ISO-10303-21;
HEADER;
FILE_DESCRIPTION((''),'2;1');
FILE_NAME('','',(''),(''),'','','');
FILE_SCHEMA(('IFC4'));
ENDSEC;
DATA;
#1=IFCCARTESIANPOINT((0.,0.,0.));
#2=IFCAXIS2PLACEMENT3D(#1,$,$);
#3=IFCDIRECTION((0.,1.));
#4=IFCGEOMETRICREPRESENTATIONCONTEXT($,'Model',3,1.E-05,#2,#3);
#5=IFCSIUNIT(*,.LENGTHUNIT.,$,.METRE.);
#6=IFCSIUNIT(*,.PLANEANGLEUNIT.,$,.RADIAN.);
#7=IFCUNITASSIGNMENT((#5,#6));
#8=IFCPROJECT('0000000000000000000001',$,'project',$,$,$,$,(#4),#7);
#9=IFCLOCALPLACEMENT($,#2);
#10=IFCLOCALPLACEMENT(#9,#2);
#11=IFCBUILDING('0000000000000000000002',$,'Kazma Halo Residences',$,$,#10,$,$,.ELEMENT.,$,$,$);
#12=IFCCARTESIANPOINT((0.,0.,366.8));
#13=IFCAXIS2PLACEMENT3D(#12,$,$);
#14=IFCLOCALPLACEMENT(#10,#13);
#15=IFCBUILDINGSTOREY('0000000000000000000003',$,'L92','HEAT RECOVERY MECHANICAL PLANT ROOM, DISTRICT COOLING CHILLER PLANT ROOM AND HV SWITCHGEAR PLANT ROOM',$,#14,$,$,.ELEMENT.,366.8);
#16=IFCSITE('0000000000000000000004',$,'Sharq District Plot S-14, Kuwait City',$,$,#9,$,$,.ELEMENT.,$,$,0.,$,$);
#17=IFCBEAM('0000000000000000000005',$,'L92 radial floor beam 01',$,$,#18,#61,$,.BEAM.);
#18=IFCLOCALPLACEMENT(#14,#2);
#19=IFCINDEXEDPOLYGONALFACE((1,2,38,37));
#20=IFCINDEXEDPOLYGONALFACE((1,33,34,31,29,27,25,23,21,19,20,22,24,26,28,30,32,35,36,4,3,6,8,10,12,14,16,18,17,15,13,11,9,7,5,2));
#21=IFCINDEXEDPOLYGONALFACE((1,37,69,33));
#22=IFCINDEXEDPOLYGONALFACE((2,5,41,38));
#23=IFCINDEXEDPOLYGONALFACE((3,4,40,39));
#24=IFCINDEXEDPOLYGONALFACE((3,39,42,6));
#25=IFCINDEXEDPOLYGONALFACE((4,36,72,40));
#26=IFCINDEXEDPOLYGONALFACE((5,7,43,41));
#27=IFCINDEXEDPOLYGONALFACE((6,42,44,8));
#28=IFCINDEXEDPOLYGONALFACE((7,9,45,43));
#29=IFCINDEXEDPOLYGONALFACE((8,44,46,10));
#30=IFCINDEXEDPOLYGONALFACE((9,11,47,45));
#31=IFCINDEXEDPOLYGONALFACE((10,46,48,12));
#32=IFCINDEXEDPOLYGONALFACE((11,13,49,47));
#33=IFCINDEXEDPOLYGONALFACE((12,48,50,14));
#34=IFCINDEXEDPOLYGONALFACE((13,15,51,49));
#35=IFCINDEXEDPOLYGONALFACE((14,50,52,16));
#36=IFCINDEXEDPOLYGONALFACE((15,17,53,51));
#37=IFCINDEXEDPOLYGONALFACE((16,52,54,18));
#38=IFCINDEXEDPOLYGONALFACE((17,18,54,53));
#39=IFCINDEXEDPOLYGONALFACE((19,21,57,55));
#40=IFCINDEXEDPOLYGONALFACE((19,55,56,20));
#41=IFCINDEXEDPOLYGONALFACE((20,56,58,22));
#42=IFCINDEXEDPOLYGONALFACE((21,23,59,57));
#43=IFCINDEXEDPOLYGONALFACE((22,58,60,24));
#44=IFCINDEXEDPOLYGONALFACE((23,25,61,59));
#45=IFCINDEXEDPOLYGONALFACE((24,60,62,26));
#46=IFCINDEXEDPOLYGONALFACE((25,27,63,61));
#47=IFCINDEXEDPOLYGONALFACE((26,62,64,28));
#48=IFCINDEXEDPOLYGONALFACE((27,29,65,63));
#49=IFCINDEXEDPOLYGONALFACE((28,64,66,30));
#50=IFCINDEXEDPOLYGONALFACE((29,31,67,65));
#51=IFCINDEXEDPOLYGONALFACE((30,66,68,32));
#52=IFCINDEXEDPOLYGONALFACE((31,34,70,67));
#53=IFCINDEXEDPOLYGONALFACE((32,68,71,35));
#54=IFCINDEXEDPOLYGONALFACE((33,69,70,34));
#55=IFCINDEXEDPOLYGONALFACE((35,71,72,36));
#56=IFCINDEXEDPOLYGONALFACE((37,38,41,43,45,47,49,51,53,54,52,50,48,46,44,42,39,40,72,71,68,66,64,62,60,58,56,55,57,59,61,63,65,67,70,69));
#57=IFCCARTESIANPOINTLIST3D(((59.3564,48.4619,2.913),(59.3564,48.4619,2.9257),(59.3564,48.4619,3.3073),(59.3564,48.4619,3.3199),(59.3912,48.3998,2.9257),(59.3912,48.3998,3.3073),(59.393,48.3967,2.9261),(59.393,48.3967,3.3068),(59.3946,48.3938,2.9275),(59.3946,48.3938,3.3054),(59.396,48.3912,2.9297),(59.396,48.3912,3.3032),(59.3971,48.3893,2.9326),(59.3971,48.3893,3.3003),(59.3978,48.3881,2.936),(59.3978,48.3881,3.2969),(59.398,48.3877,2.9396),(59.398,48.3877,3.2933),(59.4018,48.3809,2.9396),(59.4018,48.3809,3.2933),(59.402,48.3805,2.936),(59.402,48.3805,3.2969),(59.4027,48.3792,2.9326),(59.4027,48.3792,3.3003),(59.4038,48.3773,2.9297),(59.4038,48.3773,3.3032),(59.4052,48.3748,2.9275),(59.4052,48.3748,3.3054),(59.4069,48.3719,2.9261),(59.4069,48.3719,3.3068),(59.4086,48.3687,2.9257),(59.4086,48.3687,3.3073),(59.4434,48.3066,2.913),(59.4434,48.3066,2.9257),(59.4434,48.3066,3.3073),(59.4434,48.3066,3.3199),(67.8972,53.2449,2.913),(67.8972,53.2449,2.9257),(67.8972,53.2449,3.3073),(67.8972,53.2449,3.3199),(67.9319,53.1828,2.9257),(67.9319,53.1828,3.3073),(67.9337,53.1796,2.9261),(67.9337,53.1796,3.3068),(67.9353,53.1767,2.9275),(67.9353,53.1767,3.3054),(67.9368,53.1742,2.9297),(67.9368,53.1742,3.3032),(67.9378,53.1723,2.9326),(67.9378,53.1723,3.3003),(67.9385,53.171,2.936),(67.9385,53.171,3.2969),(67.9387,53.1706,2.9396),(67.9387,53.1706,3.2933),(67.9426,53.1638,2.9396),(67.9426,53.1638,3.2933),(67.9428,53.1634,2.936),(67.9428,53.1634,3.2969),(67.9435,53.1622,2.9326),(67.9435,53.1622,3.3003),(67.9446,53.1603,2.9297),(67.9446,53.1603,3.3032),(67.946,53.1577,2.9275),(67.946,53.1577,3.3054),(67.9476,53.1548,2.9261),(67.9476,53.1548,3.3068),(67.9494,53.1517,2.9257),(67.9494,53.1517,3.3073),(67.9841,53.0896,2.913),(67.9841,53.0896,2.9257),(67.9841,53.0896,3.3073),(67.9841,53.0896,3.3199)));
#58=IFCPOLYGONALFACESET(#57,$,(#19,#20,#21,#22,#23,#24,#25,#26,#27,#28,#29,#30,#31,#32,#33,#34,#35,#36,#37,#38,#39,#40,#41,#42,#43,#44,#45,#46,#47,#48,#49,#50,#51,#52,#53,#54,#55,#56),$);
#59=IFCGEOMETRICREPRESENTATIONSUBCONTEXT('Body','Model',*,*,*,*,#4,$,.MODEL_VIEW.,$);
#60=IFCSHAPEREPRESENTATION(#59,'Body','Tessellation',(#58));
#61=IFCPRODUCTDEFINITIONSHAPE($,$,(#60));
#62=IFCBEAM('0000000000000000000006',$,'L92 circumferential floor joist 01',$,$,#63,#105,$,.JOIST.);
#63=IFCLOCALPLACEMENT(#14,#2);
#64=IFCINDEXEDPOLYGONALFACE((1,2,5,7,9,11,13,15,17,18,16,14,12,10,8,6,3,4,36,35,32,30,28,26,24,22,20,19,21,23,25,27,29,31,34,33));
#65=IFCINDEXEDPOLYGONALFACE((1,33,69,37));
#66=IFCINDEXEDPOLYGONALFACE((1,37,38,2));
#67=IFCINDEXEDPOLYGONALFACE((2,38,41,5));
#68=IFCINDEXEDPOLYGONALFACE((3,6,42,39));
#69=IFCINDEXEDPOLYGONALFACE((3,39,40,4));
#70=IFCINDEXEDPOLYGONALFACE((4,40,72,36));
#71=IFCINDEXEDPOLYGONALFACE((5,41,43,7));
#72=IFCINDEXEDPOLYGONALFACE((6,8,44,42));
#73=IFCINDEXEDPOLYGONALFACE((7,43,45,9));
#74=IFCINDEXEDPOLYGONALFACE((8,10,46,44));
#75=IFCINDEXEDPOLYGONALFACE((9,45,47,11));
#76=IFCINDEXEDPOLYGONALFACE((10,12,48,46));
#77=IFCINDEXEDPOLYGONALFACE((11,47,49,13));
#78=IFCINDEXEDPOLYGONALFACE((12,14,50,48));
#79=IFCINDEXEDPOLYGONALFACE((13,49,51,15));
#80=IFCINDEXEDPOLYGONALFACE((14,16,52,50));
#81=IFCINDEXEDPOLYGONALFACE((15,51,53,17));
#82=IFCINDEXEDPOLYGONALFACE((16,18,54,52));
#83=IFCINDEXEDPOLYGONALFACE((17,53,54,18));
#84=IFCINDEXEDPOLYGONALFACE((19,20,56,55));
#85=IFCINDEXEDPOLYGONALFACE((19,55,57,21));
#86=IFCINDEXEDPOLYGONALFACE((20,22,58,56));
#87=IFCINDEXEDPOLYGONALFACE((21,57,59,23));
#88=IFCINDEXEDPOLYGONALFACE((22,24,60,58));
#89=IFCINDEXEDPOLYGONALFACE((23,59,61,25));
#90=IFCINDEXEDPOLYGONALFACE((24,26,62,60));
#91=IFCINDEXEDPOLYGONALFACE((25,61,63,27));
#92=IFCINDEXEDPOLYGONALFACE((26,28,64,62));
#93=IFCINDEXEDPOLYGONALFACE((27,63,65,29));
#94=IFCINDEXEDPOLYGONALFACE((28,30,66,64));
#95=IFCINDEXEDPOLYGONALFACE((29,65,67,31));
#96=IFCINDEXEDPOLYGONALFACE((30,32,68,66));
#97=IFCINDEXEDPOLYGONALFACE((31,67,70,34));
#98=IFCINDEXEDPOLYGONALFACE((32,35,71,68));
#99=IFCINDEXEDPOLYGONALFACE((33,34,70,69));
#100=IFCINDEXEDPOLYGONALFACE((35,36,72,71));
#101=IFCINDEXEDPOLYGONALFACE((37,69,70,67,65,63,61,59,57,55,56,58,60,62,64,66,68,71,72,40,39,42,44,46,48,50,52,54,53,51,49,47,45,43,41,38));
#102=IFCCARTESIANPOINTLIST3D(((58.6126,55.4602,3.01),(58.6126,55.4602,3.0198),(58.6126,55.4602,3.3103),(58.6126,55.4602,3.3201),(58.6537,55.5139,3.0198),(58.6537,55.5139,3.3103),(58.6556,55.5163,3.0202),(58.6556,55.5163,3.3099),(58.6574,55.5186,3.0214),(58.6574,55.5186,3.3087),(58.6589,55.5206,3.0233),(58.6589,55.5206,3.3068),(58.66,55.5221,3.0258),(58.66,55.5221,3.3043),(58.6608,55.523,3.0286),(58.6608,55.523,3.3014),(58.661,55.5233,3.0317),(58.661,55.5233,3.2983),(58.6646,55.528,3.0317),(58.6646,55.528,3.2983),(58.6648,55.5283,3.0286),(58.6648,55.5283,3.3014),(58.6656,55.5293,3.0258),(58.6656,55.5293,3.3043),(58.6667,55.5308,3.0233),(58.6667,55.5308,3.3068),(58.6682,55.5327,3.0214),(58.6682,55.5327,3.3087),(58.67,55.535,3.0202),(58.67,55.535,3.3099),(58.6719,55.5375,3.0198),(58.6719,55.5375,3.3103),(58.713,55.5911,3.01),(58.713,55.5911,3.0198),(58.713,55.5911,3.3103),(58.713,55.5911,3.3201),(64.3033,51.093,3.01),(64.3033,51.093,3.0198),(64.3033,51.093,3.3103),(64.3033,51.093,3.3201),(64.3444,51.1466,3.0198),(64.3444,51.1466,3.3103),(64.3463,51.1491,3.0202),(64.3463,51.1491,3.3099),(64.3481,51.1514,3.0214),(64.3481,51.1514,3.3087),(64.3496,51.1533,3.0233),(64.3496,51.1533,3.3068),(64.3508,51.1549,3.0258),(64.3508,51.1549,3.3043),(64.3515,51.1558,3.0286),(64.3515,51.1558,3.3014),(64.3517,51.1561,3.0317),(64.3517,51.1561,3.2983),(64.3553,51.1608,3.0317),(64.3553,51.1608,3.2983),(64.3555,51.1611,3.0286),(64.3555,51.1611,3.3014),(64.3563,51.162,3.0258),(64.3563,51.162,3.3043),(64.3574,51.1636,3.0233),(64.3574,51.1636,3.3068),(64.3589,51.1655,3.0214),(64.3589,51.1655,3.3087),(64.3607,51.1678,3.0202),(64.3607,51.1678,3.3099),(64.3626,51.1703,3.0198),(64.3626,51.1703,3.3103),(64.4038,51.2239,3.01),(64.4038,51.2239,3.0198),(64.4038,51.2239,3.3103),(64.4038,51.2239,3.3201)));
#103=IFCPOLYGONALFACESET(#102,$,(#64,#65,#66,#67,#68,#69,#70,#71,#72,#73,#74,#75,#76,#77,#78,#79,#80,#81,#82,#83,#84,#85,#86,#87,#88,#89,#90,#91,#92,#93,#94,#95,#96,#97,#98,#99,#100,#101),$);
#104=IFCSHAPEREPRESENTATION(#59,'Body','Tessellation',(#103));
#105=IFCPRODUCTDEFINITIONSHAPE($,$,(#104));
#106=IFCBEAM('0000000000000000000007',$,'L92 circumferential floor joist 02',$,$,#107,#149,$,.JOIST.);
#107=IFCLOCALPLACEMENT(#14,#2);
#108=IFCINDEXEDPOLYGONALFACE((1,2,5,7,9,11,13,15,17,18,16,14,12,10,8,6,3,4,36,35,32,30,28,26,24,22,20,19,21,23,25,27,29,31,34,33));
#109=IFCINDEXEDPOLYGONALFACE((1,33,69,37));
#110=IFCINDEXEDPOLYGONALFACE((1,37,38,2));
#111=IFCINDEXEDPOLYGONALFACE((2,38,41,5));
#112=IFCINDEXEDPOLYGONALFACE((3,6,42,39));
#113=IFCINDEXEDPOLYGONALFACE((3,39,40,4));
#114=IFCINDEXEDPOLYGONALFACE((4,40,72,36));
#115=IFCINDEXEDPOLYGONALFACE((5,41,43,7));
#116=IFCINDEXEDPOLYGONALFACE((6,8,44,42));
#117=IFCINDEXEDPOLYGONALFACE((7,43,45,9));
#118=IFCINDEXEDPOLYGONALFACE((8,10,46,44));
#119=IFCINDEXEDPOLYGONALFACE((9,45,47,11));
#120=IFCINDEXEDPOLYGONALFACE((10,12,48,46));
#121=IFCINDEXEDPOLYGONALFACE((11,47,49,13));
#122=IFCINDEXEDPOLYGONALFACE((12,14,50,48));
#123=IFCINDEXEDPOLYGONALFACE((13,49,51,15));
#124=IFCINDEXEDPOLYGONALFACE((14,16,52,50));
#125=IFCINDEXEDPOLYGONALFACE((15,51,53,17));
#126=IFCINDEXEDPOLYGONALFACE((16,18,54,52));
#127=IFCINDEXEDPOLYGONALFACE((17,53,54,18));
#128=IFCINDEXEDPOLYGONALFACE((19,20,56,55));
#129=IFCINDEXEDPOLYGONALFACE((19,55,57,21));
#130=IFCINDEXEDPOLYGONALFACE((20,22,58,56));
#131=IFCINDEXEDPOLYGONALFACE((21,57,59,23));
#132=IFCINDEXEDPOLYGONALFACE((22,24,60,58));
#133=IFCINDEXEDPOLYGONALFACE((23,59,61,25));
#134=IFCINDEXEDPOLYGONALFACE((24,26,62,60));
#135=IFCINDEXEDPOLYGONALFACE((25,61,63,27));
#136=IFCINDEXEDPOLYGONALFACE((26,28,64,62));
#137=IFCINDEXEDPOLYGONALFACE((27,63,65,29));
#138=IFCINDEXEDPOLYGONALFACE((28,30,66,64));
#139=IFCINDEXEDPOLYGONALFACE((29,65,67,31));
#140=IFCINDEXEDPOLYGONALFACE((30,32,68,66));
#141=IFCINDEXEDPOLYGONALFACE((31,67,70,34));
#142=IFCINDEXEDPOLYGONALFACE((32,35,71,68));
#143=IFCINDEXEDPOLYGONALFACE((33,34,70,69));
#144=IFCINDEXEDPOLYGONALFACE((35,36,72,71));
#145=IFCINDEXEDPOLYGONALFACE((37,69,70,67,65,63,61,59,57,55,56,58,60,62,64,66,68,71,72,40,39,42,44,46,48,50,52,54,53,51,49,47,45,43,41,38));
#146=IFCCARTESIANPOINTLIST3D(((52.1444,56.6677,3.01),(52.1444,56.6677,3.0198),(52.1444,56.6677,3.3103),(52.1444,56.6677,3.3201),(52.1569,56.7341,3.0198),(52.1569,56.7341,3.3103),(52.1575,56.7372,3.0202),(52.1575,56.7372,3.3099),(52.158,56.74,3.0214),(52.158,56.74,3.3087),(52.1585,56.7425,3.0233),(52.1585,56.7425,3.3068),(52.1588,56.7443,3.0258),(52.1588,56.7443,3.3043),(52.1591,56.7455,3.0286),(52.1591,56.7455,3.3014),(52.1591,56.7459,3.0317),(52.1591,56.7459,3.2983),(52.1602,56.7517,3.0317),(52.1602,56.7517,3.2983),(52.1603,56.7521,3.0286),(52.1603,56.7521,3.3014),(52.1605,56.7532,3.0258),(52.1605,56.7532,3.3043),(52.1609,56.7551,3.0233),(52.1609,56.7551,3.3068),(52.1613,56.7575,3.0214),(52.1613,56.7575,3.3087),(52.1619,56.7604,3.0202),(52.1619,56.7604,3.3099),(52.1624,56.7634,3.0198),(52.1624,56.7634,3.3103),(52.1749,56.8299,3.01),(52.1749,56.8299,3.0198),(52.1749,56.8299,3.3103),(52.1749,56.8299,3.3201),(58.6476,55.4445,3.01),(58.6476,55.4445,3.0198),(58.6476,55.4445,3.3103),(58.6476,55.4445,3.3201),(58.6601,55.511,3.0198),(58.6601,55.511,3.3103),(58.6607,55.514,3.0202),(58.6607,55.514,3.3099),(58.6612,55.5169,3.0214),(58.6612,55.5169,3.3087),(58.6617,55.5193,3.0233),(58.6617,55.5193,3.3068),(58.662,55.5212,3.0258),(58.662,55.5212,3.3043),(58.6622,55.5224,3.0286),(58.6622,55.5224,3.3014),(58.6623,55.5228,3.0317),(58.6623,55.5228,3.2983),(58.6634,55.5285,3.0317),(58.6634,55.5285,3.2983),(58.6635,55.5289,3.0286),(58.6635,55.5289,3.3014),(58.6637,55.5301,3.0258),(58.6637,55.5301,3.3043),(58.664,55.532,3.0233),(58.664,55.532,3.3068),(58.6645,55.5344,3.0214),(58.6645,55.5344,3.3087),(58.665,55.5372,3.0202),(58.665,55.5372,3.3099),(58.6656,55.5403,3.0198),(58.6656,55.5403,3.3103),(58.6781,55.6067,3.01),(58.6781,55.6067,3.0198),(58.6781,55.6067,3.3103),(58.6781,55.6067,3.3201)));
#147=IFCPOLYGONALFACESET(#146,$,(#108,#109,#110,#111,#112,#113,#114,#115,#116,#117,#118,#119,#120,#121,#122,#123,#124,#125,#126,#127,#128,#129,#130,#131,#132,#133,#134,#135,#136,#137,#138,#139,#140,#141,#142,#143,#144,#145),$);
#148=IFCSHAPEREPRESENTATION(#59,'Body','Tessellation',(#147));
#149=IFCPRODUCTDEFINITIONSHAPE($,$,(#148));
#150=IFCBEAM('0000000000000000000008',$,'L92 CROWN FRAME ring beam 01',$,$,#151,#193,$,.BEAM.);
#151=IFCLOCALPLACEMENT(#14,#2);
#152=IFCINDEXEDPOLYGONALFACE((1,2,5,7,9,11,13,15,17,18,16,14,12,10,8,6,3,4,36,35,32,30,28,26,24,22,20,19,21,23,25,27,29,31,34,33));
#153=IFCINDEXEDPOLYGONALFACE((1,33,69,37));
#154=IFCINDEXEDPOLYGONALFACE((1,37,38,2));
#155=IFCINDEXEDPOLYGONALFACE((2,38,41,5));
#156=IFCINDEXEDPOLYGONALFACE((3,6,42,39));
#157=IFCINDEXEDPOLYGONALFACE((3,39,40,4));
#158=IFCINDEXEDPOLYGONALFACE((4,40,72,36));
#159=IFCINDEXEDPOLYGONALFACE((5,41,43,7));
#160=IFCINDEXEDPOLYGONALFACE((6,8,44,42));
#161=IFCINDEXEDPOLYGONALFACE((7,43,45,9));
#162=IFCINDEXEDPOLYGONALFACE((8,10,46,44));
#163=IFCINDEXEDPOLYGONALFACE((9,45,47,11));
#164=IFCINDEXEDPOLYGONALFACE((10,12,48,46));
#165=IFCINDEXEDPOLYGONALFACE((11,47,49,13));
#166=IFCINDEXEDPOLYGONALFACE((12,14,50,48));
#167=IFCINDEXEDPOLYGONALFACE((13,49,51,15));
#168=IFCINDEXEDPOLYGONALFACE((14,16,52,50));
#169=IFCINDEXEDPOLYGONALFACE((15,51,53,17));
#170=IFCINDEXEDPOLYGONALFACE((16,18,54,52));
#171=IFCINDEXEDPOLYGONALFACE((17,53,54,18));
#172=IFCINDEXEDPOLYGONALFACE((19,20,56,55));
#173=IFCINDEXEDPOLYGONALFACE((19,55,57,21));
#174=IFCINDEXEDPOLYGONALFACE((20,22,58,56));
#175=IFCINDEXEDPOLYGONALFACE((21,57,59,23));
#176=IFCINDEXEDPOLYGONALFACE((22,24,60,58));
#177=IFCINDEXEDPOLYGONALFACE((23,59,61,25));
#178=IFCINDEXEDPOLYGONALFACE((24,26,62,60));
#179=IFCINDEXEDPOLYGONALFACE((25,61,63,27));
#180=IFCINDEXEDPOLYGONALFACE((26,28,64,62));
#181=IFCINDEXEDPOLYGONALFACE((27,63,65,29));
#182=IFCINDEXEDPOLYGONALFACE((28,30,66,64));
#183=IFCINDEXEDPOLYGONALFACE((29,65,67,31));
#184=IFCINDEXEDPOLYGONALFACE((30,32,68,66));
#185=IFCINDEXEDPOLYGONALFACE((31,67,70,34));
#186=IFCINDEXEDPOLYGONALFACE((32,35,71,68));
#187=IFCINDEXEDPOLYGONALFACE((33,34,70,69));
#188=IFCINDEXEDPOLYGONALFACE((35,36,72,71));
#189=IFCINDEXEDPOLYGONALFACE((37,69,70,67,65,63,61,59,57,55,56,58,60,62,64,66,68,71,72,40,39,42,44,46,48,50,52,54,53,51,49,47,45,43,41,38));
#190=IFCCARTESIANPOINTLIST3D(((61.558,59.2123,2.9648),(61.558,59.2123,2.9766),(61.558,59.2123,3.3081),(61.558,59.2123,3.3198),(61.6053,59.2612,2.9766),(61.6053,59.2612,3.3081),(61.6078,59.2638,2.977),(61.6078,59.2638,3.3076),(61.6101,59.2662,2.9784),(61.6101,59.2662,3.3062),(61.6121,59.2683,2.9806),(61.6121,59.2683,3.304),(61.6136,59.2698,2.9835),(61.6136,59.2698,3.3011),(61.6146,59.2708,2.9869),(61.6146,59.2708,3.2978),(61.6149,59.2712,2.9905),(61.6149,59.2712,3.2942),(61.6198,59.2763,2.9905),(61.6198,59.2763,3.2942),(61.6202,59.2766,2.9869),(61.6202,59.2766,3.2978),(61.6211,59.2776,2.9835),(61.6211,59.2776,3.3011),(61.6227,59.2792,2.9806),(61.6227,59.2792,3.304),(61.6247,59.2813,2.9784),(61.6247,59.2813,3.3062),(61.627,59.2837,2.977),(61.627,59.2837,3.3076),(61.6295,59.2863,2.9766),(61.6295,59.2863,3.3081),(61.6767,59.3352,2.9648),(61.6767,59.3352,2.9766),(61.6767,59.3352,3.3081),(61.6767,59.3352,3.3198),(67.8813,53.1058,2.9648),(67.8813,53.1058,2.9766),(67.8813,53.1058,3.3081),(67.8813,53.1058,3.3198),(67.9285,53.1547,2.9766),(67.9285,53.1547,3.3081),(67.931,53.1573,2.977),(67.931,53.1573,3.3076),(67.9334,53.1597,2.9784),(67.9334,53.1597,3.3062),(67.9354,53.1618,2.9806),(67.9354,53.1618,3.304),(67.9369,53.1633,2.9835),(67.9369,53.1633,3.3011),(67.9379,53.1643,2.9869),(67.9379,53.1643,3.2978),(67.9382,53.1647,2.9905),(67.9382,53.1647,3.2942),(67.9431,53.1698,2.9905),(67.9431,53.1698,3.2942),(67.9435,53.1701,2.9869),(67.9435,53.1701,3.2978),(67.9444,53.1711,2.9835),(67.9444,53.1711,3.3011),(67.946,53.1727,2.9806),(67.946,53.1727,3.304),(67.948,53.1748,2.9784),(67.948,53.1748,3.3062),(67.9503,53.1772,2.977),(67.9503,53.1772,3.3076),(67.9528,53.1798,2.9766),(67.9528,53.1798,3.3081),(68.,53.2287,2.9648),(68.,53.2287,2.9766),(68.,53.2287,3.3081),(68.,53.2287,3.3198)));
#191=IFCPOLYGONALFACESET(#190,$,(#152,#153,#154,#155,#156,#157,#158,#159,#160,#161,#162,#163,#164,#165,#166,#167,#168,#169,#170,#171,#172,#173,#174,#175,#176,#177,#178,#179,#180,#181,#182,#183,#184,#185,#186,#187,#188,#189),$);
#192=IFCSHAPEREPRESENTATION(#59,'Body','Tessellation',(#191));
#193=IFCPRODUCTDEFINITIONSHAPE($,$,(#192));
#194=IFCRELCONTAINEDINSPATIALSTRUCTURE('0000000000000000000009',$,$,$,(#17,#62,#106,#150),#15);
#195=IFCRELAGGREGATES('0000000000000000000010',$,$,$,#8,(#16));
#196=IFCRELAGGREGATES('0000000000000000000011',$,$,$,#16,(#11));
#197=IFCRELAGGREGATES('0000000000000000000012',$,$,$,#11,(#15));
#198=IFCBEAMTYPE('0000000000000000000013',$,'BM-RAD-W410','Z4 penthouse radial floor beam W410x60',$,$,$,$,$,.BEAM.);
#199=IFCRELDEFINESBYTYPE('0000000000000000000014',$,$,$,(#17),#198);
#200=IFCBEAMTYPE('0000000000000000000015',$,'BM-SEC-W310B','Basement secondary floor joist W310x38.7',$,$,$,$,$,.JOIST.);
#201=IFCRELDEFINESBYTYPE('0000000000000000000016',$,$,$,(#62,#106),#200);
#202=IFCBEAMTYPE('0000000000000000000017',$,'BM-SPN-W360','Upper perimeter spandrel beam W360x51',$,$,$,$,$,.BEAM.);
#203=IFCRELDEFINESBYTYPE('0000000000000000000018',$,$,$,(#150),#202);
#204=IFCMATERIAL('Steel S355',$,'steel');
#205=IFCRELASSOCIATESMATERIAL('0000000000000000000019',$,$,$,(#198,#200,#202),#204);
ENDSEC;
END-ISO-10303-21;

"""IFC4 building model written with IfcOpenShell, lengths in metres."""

from ifc_helpers import new_model, si_unit, direction, frame, origin, origin_2d, place, context, subcontext, project, spatial, i_section, extrude, material, material_profile, profile_set, type_object, element, save


model = new_model("IFC4")

# Units and contexts
model_context = context("Model", 3, precision=1e-05, world=origin(), true_north=direction((0.0, 1.0)))
body_context = subcontext(model_context, "Body", "Model", "MODEL_VIEW")
ifc_project = project(units=[si_unit("LENGTHUNIT", "METRE"), si_unit("PLANEANGLEUNIT", "RADIAN")], contexts=[model_context])

# Site, building, storey
site_placement = place(None, origin())
site = spatial("IfcSite", under=ifc_project, at=site_placement, Name="Sharq District Plot S-14, Kuwait City", CompositionType="ELEMENT", RefElevation=0.0)
building_placement = place(site_placement, origin())
building = spatial("IfcBuilding", under=site, at=building_placement, Name="Kazma Halo Residences", CompositionType="ELEMENT")
storey_placement = place(building_placement, frame((0.0, 0.0, 366.8)))
storey = spatial("IfcBuildingStorey", under=building, at=storey_placement, Name="L92", Description="HEAT RECOVERY MECHANICAL PLANT ROOM, DISTRICT COOLING CHILLER PLANT ROOM AND HV SWITCHGEAR PLANT ROOM", CompositionType="ELEMENT", Elevation=366.8)

# Shared definitions
ifc_material_1 = material(Name="Steel S355", Category="steel")

# Beams
ifc_material_profile_1 = material_profile(ifc_material_1, i_section(OverallWidth=0.178, OverallDepth=0.407, WebThickness=0.0078, FlangeThickness=0.0127, FilletRadius=0.0139, at=origin_2d()), Name="W410x60")
ifc_profile_set_1 = profile_set([ifc_material_profile_1], Name="Steel S355")
beam_type_1 = type_object("IfcBeamType", Name="BM-RAD-W410", Description="Z4 penthouse radial floor beam W410x60", PredefinedType="BEAM", material=ifc_profile_set_1)
beam_1_placement = place(storey_placement, frame((59.3999, 48.3843, 3.1165), z_axis=(0.8725, 0.488613, 0.0), x_axis=(-0.488613, 0.8725, 0.0)))
element("IfcBeam", 1, at=beam_1_placement, inside=storey, type_object=beam_type_1, Name="L92 radial floor beam 01", PredefinedType="BEAM", context=body_context, shape_type="SweptSolid", body=[
    extrude(i_section(OverallWidth=0.178, OverallDepth=0.407, WebThickness=0.0078, FlangeThickness=0.0127, FilletRadius=0.0139, at=origin_2d()), origin(), (0.0, 0.0, 1.0), 9.7888),
])
ifc_material_profile_2 = material_profile(ifc_material_1, i_section(OverallWidth=0.165, OverallDepth=0.3101, WebThickness=0.0059, FlangeThickness=0.0098, FilletRadius=0.012, at=origin_2d()), Name="W310x38.7")
ifc_profile_set_2 = profile_set([ifc_material_profile_2], Name="Steel S355")
beam_type_2 = type_object("IfcBeamType", Name="BM-SEC-W310B", Description="Basement secondary floor joist W310x38.7", PredefinedType="JOIST", material=ifc_profile_set_2)
beam_2_placement = place(storey_placement, frame((64.3535, 51.1584, 3.165), z_axis=(-0.793314, 0.608812, 0.0), x_axis=(-0.608812, -0.793314, 0.0)))
element("IfcBeam", 2, at=beam_2_placement, inside=storey, type_object=beam_type_2, Name="L92 circumferential floor joist 01", PredefinedType="JOIST", context=body_context, shape_type="SweptSolid", body=[
    extrude(i_section(OverallWidth=0.165, OverallDepth=0.3101, WebThickness=0.0059, FlangeThickness=0.0098, FilletRadius=0.012, at=origin_2d()), origin(), (0.0, 0.0, 1.0), 7.1733),
])
beam_3_placement = place(storey_placement, frame((58.6628, 55.5256, 3.165), z_axis=(-0.982768, 0.184843, 0.0), x_axis=(-0.184843, -0.982768, 0.0)))
element("IfcBeam", 3, at=beam_3_placement, inside=storey, type_object=beam_type_2, Name="L92 circumferential floor joist 02", PredefinedType="JOIST", context=body_context, shape_type="SweptSolid", body=[
    extrude(i_section(OverallWidth=0.165, OverallDepth=0.3101, WebThickness=0.0059, FlangeThickness=0.0098, FilletRadius=0.012, at=origin_2d()), origin(), (0.0, 0.0, 1.0), 6.6172),
])
ifc_material_profile_3 = material_profile(ifc_material_1, i_section(OverallWidth=0.1709, OverallDepth=0.355, WebThickness=0.0071, FlangeThickness=0.0117, FilletRadius=0.0139, at=origin_2d()), Name="W360x51")
ifc_profile_set_3 = profile_set([ifc_material_profile_3], Name="Steel S355")
beam_type_3 = type_object("IfcBeamType", Name="BM-SPN-W360", Description="Upper perimeter spandrel beam W360x51", PredefinedType="BEAM", material=ifc_profile_set_3)
beam_4_placement = place(storey_placement, frame((67.9407, 53.1672, 3.1423), z_axis=(-0.719331, 0.694668, 0.0), x_axis=(-0.694668, -0.719331, 0.0)))
element("IfcBeam", 4, at=beam_4_placement, inside=storey, type_object=beam_type_3, Name="L92 CROWN FRAME ring beam 01", PredefinedType="BEAM", context=body_context, shape_type="SweptSolid", body=[
    extrude(i_section(OverallWidth=0.1709, OverallDepth=0.355, WebThickness=0.0071, FlangeThickness=0.0117, FilletRadius=0.0139, at=origin_2d()), origin(), (0.0, 0.0, 1.0), 8.7905),
])

save(model, "model.ifc")
